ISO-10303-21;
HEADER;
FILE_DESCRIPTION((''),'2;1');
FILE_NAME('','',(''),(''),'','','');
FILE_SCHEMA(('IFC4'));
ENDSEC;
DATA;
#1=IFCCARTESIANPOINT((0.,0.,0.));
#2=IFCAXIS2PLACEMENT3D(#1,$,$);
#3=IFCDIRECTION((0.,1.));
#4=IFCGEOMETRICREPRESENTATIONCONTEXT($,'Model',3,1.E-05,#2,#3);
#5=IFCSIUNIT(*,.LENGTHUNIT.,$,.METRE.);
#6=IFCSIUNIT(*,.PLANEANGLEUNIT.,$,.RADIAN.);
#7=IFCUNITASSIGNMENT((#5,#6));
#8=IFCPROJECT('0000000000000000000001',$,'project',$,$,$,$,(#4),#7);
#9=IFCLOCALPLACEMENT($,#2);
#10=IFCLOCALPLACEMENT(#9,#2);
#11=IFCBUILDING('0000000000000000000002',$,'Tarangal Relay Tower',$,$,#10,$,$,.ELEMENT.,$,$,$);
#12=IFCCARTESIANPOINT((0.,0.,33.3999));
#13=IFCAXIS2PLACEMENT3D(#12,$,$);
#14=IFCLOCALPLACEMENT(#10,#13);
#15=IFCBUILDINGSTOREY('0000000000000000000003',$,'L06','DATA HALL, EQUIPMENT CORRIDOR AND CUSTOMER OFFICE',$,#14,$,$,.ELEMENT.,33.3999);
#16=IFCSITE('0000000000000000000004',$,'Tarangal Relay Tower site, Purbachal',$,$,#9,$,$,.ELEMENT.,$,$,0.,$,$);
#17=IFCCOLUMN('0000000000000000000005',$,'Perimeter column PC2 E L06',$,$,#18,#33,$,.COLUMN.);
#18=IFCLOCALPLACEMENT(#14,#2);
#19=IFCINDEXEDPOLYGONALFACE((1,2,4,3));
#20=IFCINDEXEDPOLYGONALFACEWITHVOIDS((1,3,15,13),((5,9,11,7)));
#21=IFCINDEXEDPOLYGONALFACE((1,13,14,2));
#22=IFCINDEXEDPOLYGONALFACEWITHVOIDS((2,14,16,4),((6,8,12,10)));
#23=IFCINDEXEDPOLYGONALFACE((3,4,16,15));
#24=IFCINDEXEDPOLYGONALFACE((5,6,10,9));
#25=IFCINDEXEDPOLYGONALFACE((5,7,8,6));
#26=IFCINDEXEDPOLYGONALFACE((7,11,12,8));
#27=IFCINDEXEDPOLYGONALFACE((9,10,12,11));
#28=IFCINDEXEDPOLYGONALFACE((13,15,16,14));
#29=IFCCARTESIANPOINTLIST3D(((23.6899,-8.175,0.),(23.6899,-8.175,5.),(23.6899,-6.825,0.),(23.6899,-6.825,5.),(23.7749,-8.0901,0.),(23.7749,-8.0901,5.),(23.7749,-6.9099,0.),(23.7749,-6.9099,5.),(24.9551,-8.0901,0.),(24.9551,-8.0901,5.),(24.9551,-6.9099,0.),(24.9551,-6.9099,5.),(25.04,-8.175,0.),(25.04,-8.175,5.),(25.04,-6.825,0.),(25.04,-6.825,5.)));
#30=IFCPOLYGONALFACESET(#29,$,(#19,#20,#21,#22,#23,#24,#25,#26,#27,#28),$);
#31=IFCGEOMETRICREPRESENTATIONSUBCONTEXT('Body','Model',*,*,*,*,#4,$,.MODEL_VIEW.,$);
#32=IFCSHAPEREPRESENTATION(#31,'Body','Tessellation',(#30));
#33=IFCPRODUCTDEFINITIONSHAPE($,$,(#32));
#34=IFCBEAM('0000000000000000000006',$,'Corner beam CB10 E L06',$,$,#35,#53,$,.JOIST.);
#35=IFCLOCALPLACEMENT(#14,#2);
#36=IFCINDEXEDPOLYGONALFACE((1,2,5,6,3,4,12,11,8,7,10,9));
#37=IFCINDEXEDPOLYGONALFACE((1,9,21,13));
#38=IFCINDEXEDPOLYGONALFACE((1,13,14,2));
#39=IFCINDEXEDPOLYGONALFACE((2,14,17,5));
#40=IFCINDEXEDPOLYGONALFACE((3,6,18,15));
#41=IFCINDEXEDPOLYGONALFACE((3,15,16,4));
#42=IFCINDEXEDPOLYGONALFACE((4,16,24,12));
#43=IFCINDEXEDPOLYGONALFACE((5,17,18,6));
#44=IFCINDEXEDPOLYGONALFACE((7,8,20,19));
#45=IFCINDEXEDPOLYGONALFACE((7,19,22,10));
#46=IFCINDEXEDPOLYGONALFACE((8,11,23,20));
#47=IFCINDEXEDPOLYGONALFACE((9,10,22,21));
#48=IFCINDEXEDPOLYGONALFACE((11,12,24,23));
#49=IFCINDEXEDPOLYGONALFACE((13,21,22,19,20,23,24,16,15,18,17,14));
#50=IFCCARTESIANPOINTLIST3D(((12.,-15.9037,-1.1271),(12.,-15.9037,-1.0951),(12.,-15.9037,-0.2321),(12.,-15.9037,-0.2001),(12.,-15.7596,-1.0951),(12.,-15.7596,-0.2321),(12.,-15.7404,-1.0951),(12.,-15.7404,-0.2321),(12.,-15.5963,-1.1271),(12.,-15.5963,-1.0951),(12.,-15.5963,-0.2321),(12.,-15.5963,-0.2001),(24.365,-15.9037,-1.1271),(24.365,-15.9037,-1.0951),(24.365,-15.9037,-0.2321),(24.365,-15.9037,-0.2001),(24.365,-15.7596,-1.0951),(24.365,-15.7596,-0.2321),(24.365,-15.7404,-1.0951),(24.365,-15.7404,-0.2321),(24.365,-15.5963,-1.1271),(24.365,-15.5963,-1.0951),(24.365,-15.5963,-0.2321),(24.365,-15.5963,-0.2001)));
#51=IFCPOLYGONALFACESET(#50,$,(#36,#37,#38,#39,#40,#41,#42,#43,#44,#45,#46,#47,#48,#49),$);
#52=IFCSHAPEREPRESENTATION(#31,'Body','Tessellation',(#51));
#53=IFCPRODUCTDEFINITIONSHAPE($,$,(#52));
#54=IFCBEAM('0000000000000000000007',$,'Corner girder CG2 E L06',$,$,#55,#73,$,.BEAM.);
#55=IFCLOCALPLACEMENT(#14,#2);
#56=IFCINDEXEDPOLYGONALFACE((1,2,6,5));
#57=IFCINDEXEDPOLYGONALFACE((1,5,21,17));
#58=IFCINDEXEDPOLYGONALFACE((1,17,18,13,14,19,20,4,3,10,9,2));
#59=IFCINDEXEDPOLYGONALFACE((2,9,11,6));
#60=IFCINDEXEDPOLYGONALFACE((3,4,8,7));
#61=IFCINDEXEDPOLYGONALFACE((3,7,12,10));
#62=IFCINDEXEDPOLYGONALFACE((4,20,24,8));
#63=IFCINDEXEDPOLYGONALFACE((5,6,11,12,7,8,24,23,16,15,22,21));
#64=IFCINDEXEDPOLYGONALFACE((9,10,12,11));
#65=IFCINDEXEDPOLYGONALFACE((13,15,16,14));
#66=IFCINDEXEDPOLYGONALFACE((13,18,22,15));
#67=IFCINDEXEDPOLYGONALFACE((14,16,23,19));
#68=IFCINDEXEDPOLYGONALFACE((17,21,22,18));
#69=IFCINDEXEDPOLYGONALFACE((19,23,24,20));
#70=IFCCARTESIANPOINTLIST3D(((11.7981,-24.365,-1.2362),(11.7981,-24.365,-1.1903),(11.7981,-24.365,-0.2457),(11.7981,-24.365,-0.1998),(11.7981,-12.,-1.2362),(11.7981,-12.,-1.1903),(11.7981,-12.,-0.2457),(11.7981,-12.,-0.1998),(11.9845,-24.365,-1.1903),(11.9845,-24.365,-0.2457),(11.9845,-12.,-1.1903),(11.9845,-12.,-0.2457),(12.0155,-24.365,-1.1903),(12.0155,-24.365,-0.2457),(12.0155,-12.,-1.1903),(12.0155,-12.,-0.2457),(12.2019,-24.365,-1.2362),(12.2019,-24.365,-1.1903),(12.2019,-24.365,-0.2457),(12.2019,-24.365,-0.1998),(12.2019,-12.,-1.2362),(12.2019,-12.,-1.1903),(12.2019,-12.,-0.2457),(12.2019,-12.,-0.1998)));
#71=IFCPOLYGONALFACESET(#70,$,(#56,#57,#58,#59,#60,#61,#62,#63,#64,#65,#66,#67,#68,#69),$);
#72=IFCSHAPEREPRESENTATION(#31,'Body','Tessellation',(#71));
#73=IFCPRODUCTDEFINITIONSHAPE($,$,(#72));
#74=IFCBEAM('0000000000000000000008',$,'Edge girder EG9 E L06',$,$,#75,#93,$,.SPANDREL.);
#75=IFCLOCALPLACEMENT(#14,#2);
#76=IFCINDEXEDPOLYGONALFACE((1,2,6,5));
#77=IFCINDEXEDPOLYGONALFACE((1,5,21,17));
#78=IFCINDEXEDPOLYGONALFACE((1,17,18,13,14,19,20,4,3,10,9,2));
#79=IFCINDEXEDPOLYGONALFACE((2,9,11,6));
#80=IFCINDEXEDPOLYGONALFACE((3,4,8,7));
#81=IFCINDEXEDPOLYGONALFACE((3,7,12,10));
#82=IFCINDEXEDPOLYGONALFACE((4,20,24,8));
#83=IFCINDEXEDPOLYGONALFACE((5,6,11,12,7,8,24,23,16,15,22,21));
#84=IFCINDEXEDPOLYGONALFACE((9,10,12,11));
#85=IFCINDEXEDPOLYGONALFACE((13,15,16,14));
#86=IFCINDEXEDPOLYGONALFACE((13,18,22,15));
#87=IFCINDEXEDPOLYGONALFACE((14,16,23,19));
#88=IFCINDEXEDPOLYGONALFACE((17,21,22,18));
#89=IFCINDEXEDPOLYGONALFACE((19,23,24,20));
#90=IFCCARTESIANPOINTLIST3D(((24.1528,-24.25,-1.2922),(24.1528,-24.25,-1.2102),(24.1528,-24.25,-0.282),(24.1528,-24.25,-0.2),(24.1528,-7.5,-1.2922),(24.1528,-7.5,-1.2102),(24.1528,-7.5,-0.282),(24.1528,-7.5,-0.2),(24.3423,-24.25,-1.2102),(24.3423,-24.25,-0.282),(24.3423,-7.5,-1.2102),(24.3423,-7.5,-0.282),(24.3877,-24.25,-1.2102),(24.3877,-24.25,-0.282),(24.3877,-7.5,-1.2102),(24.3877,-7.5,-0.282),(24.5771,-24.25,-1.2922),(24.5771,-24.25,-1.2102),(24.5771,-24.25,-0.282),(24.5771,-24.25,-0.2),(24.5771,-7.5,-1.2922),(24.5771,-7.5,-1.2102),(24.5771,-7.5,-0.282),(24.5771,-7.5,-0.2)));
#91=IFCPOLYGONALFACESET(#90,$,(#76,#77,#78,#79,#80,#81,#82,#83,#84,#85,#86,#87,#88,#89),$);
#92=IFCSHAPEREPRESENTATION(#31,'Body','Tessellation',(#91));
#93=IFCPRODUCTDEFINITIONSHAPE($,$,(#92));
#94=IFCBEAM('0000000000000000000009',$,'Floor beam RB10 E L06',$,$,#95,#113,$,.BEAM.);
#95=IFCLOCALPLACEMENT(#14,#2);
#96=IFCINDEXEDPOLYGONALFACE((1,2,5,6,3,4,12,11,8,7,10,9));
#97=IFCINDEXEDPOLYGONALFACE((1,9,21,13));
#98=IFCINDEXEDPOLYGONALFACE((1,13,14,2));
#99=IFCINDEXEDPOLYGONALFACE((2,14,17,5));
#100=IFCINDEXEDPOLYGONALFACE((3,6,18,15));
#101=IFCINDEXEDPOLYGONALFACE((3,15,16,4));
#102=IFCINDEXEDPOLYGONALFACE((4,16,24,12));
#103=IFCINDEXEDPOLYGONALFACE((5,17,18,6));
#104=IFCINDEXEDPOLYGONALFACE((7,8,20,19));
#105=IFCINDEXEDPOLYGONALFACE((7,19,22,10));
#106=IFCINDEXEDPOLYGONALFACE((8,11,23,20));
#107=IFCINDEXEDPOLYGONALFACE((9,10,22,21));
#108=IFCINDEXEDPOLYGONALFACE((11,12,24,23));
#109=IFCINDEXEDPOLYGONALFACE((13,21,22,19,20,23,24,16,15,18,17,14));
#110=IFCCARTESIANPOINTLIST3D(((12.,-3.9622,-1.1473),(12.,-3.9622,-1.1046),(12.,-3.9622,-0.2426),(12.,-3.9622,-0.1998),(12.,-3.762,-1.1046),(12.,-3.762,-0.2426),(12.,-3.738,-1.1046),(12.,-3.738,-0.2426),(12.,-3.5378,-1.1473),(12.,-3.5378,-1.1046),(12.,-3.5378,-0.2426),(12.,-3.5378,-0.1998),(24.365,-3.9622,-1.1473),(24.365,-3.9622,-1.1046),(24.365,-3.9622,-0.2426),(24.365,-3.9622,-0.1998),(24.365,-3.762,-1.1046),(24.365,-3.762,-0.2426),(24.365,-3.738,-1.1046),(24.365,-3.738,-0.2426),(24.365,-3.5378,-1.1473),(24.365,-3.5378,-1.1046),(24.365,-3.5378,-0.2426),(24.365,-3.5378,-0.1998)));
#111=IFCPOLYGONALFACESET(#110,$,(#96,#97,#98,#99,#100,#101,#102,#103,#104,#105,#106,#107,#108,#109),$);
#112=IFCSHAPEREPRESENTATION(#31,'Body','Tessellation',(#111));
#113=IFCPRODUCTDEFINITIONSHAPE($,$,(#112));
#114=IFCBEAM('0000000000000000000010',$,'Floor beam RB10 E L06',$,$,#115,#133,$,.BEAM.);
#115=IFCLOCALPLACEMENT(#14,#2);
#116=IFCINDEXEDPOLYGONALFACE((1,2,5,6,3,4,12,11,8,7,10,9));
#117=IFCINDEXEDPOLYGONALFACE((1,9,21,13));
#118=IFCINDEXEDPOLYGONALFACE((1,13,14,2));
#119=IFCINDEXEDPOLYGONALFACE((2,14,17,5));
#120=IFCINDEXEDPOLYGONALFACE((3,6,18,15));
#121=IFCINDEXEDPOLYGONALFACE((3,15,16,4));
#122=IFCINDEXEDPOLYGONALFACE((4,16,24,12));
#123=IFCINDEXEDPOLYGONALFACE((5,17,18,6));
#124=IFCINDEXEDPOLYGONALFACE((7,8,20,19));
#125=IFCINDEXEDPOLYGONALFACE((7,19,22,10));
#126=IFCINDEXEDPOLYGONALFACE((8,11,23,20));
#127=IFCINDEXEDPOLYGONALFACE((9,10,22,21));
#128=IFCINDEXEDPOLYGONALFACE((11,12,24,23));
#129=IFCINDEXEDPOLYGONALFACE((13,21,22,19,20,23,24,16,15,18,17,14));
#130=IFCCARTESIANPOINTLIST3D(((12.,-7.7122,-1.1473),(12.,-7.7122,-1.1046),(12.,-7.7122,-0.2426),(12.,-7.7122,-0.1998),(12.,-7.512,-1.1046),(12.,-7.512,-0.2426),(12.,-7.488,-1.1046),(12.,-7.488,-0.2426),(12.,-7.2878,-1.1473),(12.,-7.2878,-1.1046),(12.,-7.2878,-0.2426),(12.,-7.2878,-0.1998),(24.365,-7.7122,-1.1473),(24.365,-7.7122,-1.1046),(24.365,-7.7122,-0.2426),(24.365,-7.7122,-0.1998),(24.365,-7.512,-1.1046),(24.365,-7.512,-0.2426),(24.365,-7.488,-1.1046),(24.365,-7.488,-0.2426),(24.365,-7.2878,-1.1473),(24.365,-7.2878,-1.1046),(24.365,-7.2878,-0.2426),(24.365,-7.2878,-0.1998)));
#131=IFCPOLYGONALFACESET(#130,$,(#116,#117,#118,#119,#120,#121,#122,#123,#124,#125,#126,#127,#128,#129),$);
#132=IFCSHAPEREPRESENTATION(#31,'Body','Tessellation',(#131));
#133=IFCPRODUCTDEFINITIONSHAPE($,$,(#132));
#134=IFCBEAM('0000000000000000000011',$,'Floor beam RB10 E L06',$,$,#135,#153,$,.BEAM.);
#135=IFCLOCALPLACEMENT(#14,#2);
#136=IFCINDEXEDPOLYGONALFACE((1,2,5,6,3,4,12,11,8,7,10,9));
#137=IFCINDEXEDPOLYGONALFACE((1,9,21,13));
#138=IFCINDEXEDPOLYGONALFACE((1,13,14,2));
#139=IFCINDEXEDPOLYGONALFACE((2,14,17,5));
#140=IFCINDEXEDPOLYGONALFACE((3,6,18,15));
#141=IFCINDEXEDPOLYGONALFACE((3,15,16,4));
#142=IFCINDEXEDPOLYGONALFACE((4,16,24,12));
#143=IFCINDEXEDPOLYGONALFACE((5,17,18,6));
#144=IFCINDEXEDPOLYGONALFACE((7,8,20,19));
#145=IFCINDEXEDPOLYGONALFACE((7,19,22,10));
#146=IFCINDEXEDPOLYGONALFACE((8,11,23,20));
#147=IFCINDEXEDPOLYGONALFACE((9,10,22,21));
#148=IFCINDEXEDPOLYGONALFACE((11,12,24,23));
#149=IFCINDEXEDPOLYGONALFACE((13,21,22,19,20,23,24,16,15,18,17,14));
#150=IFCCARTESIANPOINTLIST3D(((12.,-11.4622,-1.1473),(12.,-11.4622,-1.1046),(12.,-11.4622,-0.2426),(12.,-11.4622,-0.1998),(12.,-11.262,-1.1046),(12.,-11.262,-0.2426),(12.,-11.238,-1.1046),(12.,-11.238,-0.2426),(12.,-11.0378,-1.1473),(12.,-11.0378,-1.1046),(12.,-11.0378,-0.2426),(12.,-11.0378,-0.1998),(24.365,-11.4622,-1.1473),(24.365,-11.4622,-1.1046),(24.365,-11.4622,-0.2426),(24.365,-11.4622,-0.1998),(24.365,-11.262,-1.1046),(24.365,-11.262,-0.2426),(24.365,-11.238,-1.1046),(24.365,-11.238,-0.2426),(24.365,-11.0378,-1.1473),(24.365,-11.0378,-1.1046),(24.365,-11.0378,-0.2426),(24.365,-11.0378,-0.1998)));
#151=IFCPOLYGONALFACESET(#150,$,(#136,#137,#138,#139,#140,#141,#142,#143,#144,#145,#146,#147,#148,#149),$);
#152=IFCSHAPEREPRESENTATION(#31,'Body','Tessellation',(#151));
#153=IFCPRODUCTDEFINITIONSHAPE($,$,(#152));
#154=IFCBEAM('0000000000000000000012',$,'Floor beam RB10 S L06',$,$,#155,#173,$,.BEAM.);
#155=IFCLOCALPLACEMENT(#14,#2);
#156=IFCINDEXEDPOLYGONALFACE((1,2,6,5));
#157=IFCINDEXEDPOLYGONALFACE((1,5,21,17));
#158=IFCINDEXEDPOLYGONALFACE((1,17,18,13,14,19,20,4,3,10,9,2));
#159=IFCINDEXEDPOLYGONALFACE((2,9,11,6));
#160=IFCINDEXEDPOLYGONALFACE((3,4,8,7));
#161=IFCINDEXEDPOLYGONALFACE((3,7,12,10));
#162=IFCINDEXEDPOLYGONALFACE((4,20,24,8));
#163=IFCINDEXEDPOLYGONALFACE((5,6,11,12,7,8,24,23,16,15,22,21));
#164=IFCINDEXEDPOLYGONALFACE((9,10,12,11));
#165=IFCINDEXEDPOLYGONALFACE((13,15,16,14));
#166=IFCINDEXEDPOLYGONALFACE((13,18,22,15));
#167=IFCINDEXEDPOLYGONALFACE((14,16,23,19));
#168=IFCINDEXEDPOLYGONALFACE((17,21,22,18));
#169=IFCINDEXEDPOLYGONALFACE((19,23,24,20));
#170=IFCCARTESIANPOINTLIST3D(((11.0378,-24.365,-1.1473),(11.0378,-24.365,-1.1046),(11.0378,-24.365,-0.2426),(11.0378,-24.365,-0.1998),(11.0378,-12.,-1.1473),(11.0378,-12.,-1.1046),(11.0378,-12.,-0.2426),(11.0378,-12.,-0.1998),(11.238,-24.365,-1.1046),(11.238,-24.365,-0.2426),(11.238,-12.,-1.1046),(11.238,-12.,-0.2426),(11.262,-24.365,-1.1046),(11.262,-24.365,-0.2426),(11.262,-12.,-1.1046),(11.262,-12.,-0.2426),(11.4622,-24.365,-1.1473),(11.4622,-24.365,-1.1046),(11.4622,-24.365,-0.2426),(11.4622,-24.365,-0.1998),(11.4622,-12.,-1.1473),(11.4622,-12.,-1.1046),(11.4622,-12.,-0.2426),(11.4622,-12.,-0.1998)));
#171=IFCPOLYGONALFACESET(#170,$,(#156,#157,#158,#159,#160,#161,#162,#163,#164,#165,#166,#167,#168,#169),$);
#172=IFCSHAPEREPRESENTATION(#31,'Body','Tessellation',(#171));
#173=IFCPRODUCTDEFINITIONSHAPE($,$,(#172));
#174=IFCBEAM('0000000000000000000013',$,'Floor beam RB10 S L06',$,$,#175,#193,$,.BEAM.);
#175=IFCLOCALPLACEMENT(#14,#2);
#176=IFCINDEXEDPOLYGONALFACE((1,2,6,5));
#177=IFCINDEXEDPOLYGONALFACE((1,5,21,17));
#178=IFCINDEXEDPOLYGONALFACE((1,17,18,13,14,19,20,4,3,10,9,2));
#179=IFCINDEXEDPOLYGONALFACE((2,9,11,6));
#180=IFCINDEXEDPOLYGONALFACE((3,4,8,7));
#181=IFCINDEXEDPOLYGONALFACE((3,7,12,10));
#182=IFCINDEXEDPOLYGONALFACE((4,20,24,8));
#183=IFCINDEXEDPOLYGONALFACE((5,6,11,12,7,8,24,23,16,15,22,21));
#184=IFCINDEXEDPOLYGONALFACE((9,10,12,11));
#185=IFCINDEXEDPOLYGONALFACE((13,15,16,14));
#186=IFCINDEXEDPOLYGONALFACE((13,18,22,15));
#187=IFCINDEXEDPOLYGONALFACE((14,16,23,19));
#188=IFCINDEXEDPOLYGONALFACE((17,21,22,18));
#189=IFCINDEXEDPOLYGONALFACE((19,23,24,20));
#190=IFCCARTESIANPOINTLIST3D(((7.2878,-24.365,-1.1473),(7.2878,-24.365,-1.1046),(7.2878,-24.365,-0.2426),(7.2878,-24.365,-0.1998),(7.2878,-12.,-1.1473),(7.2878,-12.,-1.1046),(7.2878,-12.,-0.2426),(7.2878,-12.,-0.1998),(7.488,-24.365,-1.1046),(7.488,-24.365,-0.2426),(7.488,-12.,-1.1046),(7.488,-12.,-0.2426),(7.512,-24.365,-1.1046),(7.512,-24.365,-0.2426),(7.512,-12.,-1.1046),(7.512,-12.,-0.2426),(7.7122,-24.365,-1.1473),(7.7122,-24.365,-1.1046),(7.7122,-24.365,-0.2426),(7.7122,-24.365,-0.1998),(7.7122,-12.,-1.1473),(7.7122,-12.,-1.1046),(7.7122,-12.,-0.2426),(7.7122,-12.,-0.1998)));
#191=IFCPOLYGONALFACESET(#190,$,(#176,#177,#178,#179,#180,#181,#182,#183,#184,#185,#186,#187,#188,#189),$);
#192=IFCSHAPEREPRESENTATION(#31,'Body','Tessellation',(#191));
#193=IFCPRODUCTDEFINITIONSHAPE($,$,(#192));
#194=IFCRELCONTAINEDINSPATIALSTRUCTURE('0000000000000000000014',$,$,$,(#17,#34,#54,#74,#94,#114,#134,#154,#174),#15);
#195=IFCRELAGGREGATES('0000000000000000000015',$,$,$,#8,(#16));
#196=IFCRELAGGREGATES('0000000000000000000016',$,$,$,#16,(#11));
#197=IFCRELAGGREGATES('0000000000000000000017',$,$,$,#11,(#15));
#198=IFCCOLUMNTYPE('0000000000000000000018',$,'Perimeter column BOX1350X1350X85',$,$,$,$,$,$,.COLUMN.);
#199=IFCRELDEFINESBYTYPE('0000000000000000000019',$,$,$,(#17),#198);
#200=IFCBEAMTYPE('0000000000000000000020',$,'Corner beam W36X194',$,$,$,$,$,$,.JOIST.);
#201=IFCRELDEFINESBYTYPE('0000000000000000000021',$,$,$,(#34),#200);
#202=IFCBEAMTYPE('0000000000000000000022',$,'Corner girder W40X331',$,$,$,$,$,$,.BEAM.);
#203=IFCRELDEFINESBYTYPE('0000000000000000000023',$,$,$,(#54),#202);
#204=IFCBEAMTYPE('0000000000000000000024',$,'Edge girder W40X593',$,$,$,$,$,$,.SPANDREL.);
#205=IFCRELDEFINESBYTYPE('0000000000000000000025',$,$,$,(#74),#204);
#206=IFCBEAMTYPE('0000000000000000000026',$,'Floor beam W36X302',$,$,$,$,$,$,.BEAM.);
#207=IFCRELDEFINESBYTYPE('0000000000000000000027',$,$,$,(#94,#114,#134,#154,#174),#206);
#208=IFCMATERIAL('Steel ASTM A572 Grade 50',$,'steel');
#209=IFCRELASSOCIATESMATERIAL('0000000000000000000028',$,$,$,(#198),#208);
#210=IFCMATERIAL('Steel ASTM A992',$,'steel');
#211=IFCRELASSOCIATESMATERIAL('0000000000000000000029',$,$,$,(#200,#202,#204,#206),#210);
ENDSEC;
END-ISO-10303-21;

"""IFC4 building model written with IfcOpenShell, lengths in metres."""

from ifc_helpers import new_model, si_unit, direction, frame, origin, origin_2d, place, context, subcontext, project, spatial, hollow_rectangle, i_section, extrude, material, material_profile, profile_set, type_object, element, save


model = new_model("IFC4")

# Units and contexts
model_context = context("Model", 3, precision=1e-05, world=origin(), true_north=direction((0.0, 1.0)))
body_context = subcontext(model_context, "Body", "Model", "MODEL_VIEW")
ifc_project = project(units=[si_unit("LENGTHUNIT", "METRE"), si_unit("PLANEANGLEUNIT", "RADIAN")], contexts=[model_context])

# Site, building, storey
site_placement = place(None, origin())
site = spatial("IfcSite", under=ifc_project, at=site_placement, Name="Tarangal Relay Tower site, Purbachal", CompositionType="ELEMENT", RefElevation=0.0)
building_placement = place(site_placement, origin())
building = spatial("IfcBuilding", under=site, at=building_placement, Name="Tarangal Relay Tower", CompositionType="ELEMENT")
storey_placement = place(building_placement, frame((0.0, 0.0, 33.3999)))
storey = spatial("IfcBuildingStorey", under=building, at=storey_placement, Name="L06", Description="DATA HALL, EQUIPMENT CORRIDOR AND CUSTOMER OFFICE", CompositionType="ELEMENT", Elevation=33.3999)

# Column
ifc_material_1 = material(Name="Steel ASTM A572 Grade 50", Category="steel")
ifc_material_profile_1 = material_profile(ifc_material_1, hollow_rectangle(XDim=1.3501, YDim=1.3501, WallThickness=0.085, at=origin_2d()), Name="BOX1350X1350X85")
ifc_profile_set_1 = profile_set([ifc_material_profile_1], Name="Steel ASTM A572 Grade 50")
column_type = type_object("IfcColumnType", Name="Perimeter column BOX1350X1350X85", PredefinedType="COLUMN", material=ifc_profile_set_1)
column_placement = place(storey_placement, frame((24.365, -7.5, 0.0), z_axis=(0.0, 0.0, 1.0), x_axis=(1.0, 0.0, 0.0)))
element("IfcColumn", 1, at=column_placement, inside=storey, type_object=column_type, Name="Perimeter column PC2 E L06", PredefinedType="COLUMN", context=body_context, shape_type="SweptSolid", body=[
    extrude(hollow_rectangle(XDim=1.3501, YDim=1.3501, WallThickness=0.085, at=origin_2d()), origin(), (0.0, 0.0, 1.0), 5.0),
])

# Beams
ifc_material_2 = material(Name="Steel ASTM A992", Category="steel")
ifc_material_profile_2 = material_profile(ifc_material_2, i_section(OverallWidth=0.3074, OverallDepth=0.927, WebThickness=0.0193, FlangeThickness=0.032, at=origin_2d()), Name="W36X194")
ifc_profile_set_2 = profile_set([ifc_material_profile_2], Name="Steel ASTM A992")
beam_type_1 = type_object("IfcBeamType", Name="Corner beam W36X194", PredefinedType="JOIST", material=ifc_profile_set_2)
beam_1_placement = place(storey_placement, frame((12.0, -15.75, -0.6636), z_axis=(1.0, 0.0, 0.0), x_axis=(0.0, 1.0, 0.0)))
element("IfcBeam", 2, at=beam_1_placement, inside=storey, type_object=beam_type_1, Name="Corner beam CB10 E L06", PredefinedType="JOIST", context=body_context, shape_type="SweptSolid", body=[
    extrude(i_section(OverallWidth=0.3074, OverallDepth=0.927, WebThickness=0.0193, FlangeThickness=0.032, at=origin_2d()), origin(), (0.0, 0.0, 1.0), 12.365),
])
ifc_material_profile_3 = material_profile(ifc_material_2, i_section(OverallWidth=0.4038, OverallDepth=1.0364, WebThickness=0.031, FlangeThickness=0.0459, at=origin_2d()), Name="W40X331")
ifc_profile_set_3 = profile_set([ifc_material_profile_3], Name="Steel ASTM A992")
beam_type_2 = type_object("IfcBeamType", Name="Corner girder W40X331", PredefinedType="BEAM", material=ifc_profile_set_3)
beam_2_placement = place(storey_placement, frame((12.0, -12.0, -0.718), z_axis=(0.0, -1.0, 0.0), x_axis=(1.0, 0.0, 0.0)))
element("IfcBeam", 3, at=beam_2_placement, inside=storey, type_object=beam_type_2, Name="Corner girder CG2 E L06", PredefinedType="BEAM", context=body_context, shape_type="SweptSolid", body=[
    extrude(i_section(OverallWidth=0.4038, OverallDepth=1.0364, WebThickness=0.031, FlangeThickness=0.0459, at=origin_2d()), origin(), (0.0, 0.0, 1.0), 12.365),
])
ifc_material_profile_4 = material_profile(ifc_material_2, i_section(OverallWidth=0.4243, OverallDepth=1.0923, WebThickness=0.0454, FlangeThickness=0.082, at=origin_2d()), Name="W40X593")
ifc_profile_set_4 = profile_set([ifc_material_profile_4], Name="Steel ASTM A992")
beam_type_3 = type_object("IfcBeamType", Name="Edge girder W40X593", PredefinedType="SPANDREL", material=ifc_profile_set_4)
beam_3_placement = place(storey_placement, frame((24.365, -7.5, -0.7461), z_axis=(0.0, -1.0, 0.0), x_axis=(1.0, 0.0, 0.0)))
element("IfcBeam", 4, at=beam_3_placement, inside=storey, type_object=beam_type_3, Name="Edge girder EG9 E L06", PredefinedType="SPANDREL", context=body_context, shape_type="SweptSolid", body=[
    extrude(i_section(OverallWidth=0.4243, OverallDepth=1.0923, WebThickness=0.0454, FlangeThickness=0.082, at=origin_2d()), origin(), (0.0, 0.0, 1.0), 16.75),
])
ifc_material_profile_5 = material_profile(ifc_material_2, i_section(OverallWidth=0.4243, OverallDepth=0.9475, WebThickness=0.0239, FlangeThickness=0.0427, at=origin_2d()), Name="W36X302")
ifc_profile_set_5 = profile_set([ifc_material_profile_5], Name="Steel ASTM A992")
beam_type_4 = type_object("IfcBeamType", Name="Floor beam W36X302", PredefinedType="BEAM", material=ifc_profile_set_5)
for number, where, z_axis, x_axis, name in (
    (5, (12.0, -3.75, -0.6736), (1.0, 0.0, 0.0), (0.0, 1.0, 0.0), "Floor beam RB10 E L06"),
    (6, (12.0, -7.5, -0.6736), (1.0, 0.0, 0.0), (0.0, 1.0, 0.0), "Floor beam RB10 E L06"),
    (7, (12.0, -11.25, -0.6736), (1.0, 0.0, 0.0), (0.0, 1.0, 0.0), "Floor beam RB10 E L06"),
    (8, (11.25, -12.0, -0.6736), (0.0, -1.0, 0.0), (1.0, 0.0, 0.0), "Floor beam RB10 S L06"),
    (9, (7.5, -12.0, -0.6736), (0.0, -1.0, 0.0), (1.0, 0.0, 0.0), "Floor beam RB10 S L06"),
):
    element("IfcBeam", number, at=place(storey_placement, frame(where, z_axis=z_axis, x_axis=x_axis)), inside=storey, type_object=beam_type_4, Name=name, PredefinedType="BEAM", context=body_context, shape_type="SweptSolid", body=[
        extrude(i_section(OverallWidth=0.4243, OverallDepth=0.9475, WebThickness=0.0239, FlangeThickness=0.0427, at=origin_2d()), origin(), (0.0, 0.0, 1.0), 12.365),
    ])

save(model, "model.ifc")
